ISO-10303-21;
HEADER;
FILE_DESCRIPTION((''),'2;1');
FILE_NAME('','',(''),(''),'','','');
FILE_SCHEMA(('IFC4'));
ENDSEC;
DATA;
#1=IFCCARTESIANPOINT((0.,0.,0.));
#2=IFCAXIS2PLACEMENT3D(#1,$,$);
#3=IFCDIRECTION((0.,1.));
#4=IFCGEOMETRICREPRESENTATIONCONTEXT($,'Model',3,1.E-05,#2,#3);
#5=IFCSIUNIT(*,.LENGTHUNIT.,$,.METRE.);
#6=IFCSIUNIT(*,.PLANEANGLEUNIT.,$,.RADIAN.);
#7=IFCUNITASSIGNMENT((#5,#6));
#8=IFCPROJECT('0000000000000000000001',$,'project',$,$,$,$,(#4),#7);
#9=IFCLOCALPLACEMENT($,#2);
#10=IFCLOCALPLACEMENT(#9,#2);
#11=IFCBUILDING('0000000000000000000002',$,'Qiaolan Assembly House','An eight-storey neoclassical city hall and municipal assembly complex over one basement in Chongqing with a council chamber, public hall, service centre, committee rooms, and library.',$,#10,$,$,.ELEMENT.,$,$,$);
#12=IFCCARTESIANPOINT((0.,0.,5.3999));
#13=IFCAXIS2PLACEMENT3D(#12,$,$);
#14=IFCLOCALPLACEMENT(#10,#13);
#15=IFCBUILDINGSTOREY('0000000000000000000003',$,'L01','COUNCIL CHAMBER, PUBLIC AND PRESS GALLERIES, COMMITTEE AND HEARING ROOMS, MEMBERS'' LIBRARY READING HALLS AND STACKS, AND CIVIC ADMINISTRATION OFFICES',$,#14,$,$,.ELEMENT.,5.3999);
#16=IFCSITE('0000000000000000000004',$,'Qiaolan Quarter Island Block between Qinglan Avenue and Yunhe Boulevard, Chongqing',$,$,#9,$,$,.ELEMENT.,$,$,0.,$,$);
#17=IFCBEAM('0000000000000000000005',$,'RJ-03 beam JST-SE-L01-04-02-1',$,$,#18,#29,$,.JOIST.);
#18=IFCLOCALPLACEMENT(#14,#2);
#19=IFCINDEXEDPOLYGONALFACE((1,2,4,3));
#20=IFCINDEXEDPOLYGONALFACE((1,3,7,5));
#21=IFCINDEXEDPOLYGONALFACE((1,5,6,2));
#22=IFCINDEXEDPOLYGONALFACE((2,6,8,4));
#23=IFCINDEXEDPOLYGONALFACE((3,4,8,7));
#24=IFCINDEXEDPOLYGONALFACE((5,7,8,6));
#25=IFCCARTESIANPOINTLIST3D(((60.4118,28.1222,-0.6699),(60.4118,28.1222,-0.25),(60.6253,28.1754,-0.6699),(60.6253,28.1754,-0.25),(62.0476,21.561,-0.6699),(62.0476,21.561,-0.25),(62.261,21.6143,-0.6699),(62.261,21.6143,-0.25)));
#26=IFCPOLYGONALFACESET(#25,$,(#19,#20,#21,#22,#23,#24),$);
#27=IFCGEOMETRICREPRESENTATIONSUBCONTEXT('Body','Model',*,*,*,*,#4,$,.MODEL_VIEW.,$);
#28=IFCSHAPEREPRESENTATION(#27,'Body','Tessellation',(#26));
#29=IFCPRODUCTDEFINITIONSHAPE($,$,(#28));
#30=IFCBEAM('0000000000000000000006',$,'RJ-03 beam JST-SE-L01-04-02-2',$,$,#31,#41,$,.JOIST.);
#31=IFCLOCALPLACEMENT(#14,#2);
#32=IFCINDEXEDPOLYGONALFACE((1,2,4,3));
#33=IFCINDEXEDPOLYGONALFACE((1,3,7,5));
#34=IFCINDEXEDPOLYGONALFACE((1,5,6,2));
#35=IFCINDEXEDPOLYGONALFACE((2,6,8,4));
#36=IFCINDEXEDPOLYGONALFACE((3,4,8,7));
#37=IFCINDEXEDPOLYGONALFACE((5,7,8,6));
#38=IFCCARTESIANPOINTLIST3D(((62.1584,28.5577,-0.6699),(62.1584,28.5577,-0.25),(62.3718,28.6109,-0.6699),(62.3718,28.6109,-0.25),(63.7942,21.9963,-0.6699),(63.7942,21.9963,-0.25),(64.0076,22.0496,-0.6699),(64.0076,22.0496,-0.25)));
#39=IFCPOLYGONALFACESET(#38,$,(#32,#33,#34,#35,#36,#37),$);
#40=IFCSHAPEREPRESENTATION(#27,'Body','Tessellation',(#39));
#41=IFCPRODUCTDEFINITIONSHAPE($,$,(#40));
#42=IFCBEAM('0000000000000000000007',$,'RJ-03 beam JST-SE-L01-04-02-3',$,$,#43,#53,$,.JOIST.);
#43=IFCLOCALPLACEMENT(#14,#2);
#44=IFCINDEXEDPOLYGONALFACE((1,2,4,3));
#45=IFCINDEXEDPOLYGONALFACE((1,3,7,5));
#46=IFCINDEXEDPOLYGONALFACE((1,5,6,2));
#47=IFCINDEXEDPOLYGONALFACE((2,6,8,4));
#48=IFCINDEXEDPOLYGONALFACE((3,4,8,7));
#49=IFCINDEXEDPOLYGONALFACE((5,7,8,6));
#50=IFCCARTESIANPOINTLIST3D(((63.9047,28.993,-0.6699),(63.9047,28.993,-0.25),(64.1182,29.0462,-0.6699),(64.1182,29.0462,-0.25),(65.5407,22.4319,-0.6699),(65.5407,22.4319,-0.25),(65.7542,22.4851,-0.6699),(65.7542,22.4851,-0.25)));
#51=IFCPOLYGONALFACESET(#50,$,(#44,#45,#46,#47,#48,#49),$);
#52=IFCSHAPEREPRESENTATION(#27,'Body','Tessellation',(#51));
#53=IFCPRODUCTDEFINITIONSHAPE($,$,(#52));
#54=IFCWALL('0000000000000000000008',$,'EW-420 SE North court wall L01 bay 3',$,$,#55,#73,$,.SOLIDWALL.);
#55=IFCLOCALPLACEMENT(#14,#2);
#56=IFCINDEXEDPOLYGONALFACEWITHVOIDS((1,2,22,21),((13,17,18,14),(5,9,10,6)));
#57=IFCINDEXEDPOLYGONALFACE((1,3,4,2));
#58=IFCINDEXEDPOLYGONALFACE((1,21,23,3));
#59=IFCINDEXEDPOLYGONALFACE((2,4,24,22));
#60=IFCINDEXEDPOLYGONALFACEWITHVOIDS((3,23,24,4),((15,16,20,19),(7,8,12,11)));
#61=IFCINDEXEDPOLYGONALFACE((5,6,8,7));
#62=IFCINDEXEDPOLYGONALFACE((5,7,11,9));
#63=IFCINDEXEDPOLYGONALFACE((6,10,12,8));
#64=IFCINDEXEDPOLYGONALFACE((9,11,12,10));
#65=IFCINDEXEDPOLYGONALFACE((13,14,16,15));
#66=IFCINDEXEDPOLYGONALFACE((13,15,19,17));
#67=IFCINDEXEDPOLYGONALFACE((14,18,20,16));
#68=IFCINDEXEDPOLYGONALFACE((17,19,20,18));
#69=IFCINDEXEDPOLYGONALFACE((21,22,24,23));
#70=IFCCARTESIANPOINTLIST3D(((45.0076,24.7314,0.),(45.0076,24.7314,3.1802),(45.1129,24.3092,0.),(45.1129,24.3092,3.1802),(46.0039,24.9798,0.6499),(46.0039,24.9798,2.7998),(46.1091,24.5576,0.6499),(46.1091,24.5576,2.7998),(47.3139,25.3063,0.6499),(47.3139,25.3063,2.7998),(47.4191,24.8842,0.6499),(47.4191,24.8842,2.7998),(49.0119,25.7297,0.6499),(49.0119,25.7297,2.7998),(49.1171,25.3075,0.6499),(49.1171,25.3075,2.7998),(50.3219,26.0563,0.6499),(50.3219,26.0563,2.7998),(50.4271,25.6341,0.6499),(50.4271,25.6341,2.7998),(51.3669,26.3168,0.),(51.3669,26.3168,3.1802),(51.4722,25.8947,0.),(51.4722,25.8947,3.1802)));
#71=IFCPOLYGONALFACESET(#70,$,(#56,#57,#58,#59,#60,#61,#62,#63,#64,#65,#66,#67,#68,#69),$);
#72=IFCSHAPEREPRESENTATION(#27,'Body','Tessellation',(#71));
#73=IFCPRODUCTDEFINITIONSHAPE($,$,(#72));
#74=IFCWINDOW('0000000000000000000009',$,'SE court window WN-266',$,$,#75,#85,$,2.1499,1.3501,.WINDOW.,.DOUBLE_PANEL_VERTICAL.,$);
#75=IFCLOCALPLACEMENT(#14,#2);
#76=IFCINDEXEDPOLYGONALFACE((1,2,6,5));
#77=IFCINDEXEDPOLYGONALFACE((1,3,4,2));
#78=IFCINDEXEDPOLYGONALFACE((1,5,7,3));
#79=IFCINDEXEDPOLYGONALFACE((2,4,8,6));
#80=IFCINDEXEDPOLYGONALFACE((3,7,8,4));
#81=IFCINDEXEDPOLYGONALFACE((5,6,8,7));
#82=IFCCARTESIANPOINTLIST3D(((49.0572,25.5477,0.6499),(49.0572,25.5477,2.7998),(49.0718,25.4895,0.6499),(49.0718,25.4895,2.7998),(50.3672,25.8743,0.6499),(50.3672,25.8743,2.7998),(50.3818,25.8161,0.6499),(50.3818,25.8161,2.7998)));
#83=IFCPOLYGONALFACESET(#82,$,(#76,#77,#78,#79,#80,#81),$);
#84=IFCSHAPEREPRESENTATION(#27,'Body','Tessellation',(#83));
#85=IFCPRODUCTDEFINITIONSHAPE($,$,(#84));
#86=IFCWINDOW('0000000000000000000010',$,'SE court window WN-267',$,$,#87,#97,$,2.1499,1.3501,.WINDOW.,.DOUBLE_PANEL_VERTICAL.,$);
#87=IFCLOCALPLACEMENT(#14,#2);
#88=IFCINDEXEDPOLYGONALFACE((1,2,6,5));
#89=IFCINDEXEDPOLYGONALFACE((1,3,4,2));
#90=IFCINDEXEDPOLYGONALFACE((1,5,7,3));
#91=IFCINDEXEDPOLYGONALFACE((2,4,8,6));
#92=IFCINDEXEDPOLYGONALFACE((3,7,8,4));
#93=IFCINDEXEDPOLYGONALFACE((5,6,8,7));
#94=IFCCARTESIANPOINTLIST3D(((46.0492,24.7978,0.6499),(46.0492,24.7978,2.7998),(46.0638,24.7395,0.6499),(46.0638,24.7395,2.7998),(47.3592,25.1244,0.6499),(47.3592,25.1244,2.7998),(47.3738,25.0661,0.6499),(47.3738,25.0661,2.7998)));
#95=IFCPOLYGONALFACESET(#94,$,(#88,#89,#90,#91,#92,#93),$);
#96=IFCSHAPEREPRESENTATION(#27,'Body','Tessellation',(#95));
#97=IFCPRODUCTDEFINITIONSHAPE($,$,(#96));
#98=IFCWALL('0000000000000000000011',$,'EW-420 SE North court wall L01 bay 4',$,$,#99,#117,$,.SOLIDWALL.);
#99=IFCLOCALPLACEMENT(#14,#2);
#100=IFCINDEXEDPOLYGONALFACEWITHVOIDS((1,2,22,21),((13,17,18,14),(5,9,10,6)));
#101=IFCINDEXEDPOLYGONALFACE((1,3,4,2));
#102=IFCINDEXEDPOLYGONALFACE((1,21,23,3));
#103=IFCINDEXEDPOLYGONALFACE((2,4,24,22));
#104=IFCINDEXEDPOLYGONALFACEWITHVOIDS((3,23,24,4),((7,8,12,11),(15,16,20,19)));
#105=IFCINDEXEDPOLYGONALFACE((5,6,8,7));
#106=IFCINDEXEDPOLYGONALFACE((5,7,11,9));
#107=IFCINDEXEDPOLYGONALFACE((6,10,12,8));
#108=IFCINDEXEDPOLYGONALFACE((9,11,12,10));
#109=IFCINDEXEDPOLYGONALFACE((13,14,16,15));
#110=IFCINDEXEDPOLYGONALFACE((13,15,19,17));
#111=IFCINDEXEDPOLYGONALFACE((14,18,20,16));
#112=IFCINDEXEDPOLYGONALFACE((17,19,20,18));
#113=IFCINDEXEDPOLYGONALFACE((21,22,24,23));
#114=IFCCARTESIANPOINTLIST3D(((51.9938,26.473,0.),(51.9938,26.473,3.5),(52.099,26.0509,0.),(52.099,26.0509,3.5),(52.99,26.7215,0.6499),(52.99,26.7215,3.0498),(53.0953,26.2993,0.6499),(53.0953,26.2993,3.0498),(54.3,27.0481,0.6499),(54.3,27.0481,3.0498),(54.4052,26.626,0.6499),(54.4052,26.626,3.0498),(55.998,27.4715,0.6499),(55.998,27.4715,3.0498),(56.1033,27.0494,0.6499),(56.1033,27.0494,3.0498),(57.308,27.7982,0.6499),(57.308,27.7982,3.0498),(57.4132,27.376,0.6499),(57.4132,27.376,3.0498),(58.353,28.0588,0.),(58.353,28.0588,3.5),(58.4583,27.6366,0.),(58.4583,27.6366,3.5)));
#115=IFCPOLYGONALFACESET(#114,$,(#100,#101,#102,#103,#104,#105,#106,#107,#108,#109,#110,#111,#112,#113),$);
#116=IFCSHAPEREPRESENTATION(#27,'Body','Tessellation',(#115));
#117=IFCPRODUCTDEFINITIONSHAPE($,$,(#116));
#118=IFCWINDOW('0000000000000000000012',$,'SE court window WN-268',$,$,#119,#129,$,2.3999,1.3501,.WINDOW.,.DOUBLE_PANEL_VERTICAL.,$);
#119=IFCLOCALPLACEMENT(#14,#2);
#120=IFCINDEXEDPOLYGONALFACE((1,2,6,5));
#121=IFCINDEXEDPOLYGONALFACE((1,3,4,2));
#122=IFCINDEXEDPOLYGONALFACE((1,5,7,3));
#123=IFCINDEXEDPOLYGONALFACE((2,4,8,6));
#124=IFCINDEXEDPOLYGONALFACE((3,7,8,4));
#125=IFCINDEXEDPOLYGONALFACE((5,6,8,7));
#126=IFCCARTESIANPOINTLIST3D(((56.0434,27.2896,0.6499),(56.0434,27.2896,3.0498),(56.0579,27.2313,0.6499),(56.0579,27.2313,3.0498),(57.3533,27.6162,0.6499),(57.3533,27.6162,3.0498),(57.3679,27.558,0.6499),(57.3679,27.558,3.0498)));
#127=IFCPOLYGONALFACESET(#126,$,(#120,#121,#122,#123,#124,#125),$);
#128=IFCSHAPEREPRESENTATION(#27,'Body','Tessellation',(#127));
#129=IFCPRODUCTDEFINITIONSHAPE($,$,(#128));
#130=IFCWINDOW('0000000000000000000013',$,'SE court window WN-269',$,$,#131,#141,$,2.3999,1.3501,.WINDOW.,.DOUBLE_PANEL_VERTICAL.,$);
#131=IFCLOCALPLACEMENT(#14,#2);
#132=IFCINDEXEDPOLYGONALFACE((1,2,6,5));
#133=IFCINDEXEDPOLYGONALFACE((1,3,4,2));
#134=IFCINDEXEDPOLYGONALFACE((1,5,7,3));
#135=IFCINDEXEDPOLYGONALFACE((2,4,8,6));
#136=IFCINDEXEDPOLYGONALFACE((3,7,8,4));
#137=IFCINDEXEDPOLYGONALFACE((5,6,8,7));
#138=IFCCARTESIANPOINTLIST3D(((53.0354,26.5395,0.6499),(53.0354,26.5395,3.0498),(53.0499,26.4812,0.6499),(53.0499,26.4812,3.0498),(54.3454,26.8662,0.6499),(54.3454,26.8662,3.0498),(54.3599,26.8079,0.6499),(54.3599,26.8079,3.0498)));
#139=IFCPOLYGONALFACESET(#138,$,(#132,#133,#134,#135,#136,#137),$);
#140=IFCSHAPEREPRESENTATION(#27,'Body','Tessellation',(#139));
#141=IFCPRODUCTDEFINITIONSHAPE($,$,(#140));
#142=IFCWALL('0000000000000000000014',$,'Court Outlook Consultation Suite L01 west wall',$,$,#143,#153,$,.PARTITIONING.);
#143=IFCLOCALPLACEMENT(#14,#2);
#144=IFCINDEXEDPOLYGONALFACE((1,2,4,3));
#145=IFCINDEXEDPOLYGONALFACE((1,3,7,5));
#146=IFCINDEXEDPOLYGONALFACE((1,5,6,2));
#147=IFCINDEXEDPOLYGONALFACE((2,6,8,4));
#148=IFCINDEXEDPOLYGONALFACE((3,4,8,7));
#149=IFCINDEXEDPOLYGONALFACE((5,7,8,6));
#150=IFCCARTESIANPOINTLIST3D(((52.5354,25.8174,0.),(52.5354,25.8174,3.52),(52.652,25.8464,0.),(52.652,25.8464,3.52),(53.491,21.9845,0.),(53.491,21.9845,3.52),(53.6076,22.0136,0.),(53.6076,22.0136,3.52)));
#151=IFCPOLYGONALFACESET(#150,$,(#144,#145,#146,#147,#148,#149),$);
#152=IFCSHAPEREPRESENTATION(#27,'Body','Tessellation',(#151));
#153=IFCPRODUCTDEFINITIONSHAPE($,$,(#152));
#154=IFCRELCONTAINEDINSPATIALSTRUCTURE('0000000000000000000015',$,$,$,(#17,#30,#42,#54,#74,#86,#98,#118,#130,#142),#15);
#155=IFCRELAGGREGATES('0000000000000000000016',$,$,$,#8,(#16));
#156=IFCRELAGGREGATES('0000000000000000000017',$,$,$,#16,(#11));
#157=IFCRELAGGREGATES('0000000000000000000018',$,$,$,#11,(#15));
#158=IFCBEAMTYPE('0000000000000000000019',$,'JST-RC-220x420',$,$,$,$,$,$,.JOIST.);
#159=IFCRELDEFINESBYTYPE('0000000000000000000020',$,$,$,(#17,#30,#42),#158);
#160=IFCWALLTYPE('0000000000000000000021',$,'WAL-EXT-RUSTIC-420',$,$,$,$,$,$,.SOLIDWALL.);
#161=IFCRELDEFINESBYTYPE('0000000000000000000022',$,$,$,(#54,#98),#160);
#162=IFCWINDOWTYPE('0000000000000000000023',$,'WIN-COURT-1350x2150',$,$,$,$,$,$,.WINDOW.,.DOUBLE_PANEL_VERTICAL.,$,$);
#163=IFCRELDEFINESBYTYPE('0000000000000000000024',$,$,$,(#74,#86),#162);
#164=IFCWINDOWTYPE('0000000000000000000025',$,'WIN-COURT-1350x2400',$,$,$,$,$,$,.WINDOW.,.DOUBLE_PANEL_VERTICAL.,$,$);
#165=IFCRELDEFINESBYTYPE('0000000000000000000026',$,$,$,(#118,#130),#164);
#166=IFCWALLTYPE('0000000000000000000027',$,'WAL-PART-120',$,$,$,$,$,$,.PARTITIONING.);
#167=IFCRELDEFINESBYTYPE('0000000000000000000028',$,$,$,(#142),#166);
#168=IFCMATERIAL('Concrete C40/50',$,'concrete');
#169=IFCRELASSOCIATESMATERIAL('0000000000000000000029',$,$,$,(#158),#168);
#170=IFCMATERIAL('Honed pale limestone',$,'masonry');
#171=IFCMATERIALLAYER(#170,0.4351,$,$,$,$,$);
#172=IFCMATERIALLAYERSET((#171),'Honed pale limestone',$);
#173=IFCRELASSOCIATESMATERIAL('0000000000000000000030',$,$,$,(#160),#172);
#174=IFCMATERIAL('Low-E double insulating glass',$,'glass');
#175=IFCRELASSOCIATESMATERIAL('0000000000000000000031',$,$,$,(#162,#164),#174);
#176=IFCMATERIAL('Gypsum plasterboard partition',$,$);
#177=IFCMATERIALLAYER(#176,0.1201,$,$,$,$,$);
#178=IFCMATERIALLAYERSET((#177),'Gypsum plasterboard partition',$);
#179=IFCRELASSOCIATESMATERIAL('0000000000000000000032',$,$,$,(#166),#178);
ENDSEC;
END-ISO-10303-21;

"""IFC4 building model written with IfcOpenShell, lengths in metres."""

from ifc_helpers import new_model, si_unit, direction, frame, frame_2d, origin, origin_2d, place, context, subcontext, project, spatial, rectangle, extrude, material, layer, layer_set, material_profile, profile_set, type_object, element, fill, save


model = new_model("IFC4")

# Units and contexts
model_context = context("Model", 3, precision=1e-05, world=origin(), true_north=direction((0.0, 1.0)))
body_context = subcontext(model_context, "Body", "Model", "MODEL_VIEW")
ifc_project = project(units=[si_unit("LENGTHUNIT", "METRE"), si_unit("PLANEANGLEUNIT", "RADIAN")], contexts=[model_context])

# Site, building, storey
site_placement = place(None, origin())
site = spatial("IfcSite", under=ifc_project, at=site_placement, Name="Qiaolan Quarter Island Block between Qinglan Avenue and Yunhe Boulevard, Chongqing", CompositionType="ELEMENT", RefElevation=0.0)
building_placement = place(site_placement, origin())
building = spatial("IfcBuilding", under=site, at=building_placement, Name="Qiaolan Assembly House", Description="An eight-storey neoclassical city hall and municipal assembly complex over one basement in Chongqing with a council chamber, public hall, service centre, committee rooms, and library.", CompositionType="ELEMENT")
storey_placement = place(building_placement, frame((0.0, 0.0, 5.3999)))
storey = spatial("IfcBuildingStorey", under=building, at=storey_placement, Name="L01", Description="COUNCIL CHAMBER, PUBLIC AND PRESS GALLERIES, COMMITTEE AND HEARING ROOMS, MEMBERS' LIBRARY READING HALLS AND STACKS, AND CIVIC ADMINISTRATION OFFICES", CompositionType="ELEMENT", Elevation=5.3999)

# Beams
ifc_material_1 = material(Name="Concrete C40/50", Category="concrete")
ifc_material_profile_1 = material_profile(ifc_material_1, rectangle(XDim=0.22, YDim=0.4199, at=origin_2d()), Name="RCB 220x420")
ifc_profile_set_1 = profile_set([ifc_material_profile_1], Name="Concrete C40/50")
beam_type_1 = type_object("IfcBeamType", Name="JST-RC-220x420", PredefinedType="JOIST", material=ifc_profile_set_1)
beam_1_placement = place(storey_placement, frame((62.1543, 21.5876, -0.46), z_axis=(-0.241907, 0.970299, 0.0), x_axis=(-0.970299, -0.241907, 0.0)))
element("IfcBeam", 1, at=beam_1_placement, inside=storey, type_object=beam_type_1, Name="RJ-03 beam JST-SE-L01-04-02-1", PredefinedType="JOIST", context=body_context, shape_type="SweptSolid", body=[
    extrude(rectangle(XDim=0.22, YDim=0.4199, at=origin_2d()), origin(), (0.0, 0.0, 1.0), 6.762),
])
beam_2_placement = place(storey_placement, frame((63.9009, 22.0229, -0.46), z_axis=(-0.241898, 0.970302, 0.0), x_axis=(-0.970302, -0.241898, 0.0)))
element("IfcBeam", 2, at=beam_2_placement, inside=storey, type_object=beam_type_1, Name="RJ-03 beam JST-SE-L01-04-02-2", PredefinedType="JOIST", context=body_context, shape_type="SweptSolid", body=[
    extrude(rectangle(XDim=0.22, YDim=0.4199, at=origin_2d()), origin(), (0.0, 0.0, 1.0), 6.7622),
])
beam_3_placement = place(storey_placement, frame((65.6475, 22.4585, -0.46), z_axis=(-0.241941, 0.970291, 0.0), x_axis=(-0.970291, -0.241941, 0.0)))
element("IfcBeam", 3, at=beam_3_placement, inside=storey, type_object=beam_type_1, Name="RJ-03 beam JST-SE-L01-04-02-3", PredefinedType="JOIST", context=body_context, shape_type="SweptSolid", body=[
    extrude(rectangle(XDim=0.22, YDim=0.4199, at=origin_2d()), origin(), (0.0, 0.0, 1.0), 6.762),
])

# Walls, openings, windows
ifc_material_2 = material(Name="Honed pale limestone", Category="masonry")
ifc_layer_1 = layer(ifc_material_2, 0.4351)
ifc_layer_set_1 = layer_set([ifc_layer_1], Name="Honed pale limestone")
wall_type_1 = type_object("IfcWallType", Name="WAL-EXT-RUSTIC-420", PredefinedType="SOLIDWALL", material=ifc_layer_set_1)
wall_1_placement = place(storey_placement, frame((51.4194, 26.1057, 0.0), z_axis=(0.0, 0.0, 1.0), x_axis=(-0.9703, -0.241905, 0.0)))
wall_1 = element("IfcWall", 4, at=wall_1_placement, inside=storey, type_object=wall_type_1, Name="EW-420 SE North court wall L01 bay 3", PredefinedType="SOLIDWALL", context=body_context, shape_type="SweptSolid", body=[
    extrude(rectangle(XDim=6.554, YDim=0.4351, at=frame_2d((3.2769, 0.0))), origin(), (0.0, 0.0, 1.0), 3.1802),
])
opening_1_placement = place(wall_1_placement, frame((1.0769, 0.0, 0.6499)))
opening_1 = element("IfcOpeningElement", 5, at=opening_1_placement, cuts=wall_1, PredefinedType="OPENING", context=body_context, shape_type="SweptSolid", body=[
    extrude(rectangle(XDim=1.3501, YDim=2.1499, at=frame_2d((0.675, 1.075))), frame((0.0, 0.2275, 0.0), z_axis=(0.0, -1.0, 0.0), x_axis=(1.0, 0.0, 0.0)), (0.0, 0.0, 1.0), 0.4551),
])
opening_2_placement = place(wall_1_placement, frame((4.177, 0.0, 0.6499)))
opening_2 = element("IfcOpeningElement", 6, at=opening_2_placement, cuts=wall_1, PredefinedType="OPENING", context=body_context, shape_type="SweptSolid", body=[
    extrude(rectangle(XDim=1.3501, YDim=2.1499, at=frame_2d((0.675, 1.075))), frame((0.0, 0.2275, 0.0), z_axis=(0.0, -1.0, 0.0), x_axis=(1.0, 0.0, 0.0)), (0.0, 0.0, 1.0), 0.4551),
])
ifc_material_3 = material(Name="Low-E double insulating glass", Category="glass")
window_type_1 = type_object("IfcWindowType", Name="WIN-COURT-1350x2150", PartitioningType="DOUBLE_PANEL_VERTICAL", PredefinedType="WINDOW", material=ifc_material_3)
window_1_placement = place(opening_1_placement, origin())
window_1 = element("IfcWindow", 7, at=window_1_placement, inside=storey, type_object=window_type_1, Name="SE court window WN-266", OverallHeight=2.1499, OverallWidth=1.3501, PartitioningType="DOUBLE_PANEL_VERTICAL", PredefinedType="WINDOW", context=body_context, shape_type="SweptSolid", body=[
    extrude(rectangle(XDim=1.3501, YDim=2.1499, at=frame_2d((0.675, 1.075))), frame((0.0, 0.03, 0.0), z_axis=(0.0, -1.0, 0.0), x_axis=(1.0, 0.0, 0.0)), (0.0, 0.0, 1.0), 0.0601),
])
fill(opening_1, window_1)
window_2_placement = place(opening_2_placement, origin())
window_2 = element("IfcWindow", 8, at=window_2_placement, inside=storey, type_object=window_type_1, Name="SE court window WN-267", OverallHeight=2.1499, OverallWidth=1.3501, PartitioningType="DOUBLE_PANEL_VERTICAL", PredefinedType="WINDOW", context=body_context, shape_type="SweptSolid", body=[
    extrude(rectangle(XDim=1.3501, YDim=2.1499, at=frame_2d((0.675, 1.075))), frame((0.0, 0.03, 0.0), z_axis=(0.0, -1.0, 0.0), x_axis=(1.0, 0.0, 0.0)), (0.0, 0.0, 1.0), 0.0601),
])
fill(opening_2, window_2)
wall_2_placement = place(storey_placement, frame((58.4055, 27.8477, 0.0), z_axis=(0.0, 0.0, 1.0), x_axis=(-0.970289, -0.241948, 0.0)))
wall_2 = element("IfcWall", 9, at=wall_2_placement, inside=storey, type_object=wall_type_1, Name="EW-420 SE North court wall L01 bay 4", PredefinedType="SOLIDWALL", context=body_context, shape_type="SweptSolid", body=[
    extrude(rectangle(XDim=6.554, YDim=0.4351, at=frame_2d((3.2769, 0.0))), origin(), (0.0, 0.0, 1.0), 3.5),
])
opening_3_placement = place(wall_2_placement, frame((1.0769, 0.0, 0.6499)))
opening_3 = element("IfcOpeningElement", 10, at=opening_3_placement, cuts=wall_2, PredefinedType="OPENING", context=body_context, shape_type="SweptSolid", body=[
    extrude(rectangle(XDim=1.3501, YDim=2.3999, at=frame_2d((0.675, 1.2))), frame((0.0, 0.2275, 0.0), z_axis=(0.0, -1.0, 0.0), x_axis=(1.0, 0.0, 0.0)), (0.0, 0.0, 1.0), 0.4551),
])
opening_4_placement = place(wall_2_placement, frame((4.177, 0.0, 0.6499)))
opening_4 = element("IfcOpeningElement", 11, at=opening_4_placement, cuts=wall_2, PredefinedType="OPENING", context=body_context, shape_type="SweptSolid", body=[
    extrude(rectangle(XDim=1.3501, YDim=2.3999, at=frame_2d((0.675, 1.2))), frame((0.0, 0.2275, 0.0), z_axis=(0.0, -1.0, 0.0), x_axis=(1.0, 0.0, 0.0)), (0.0, 0.0, 1.0), 0.4551),
])
window_type_2 = type_object("IfcWindowType", Name="WIN-COURT-1350x2400", PartitioningType="DOUBLE_PANEL_VERTICAL", PredefinedType="WINDOW", material=ifc_material_3)
window_3_placement = place(opening_3_placement, origin())
window_3 = element("IfcWindow", 12, at=window_3_placement, inside=storey, type_object=window_type_2, Name="SE court window WN-268", OverallHeight=2.3999, OverallWidth=1.3501, PartitioningType="DOUBLE_PANEL_VERTICAL", PredefinedType="WINDOW", context=body_context, shape_type="SweptSolid", body=[
    extrude(rectangle(XDim=1.3501, YDim=2.3999, at=frame_2d((0.675, 1.2))), frame((0.0, 0.03, 0.0), z_axis=(0.0, -1.0, 0.0), x_axis=(1.0, 0.0, 0.0)), (0.0, 0.0, 1.0), 0.0601),
])
fill(opening_3, window_3)
window_4_placement = place(opening_4_placement, origin())
window_4 = element("IfcWindow", 13, at=window_4_placement, inside=storey, type_object=window_type_2, Name="SE court window WN-269", OverallHeight=2.3999, OverallWidth=1.3501, PartitioningType="DOUBLE_PANEL_VERTICAL", PredefinedType="WINDOW", context=body_context, shape_type="SweptSolid", body=[
    extrude(rectangle(XDim=1.3501, YDim=2.3999, at=frame_2d((0.675, 1.2))), frame((0.0, 0.03, 0.0), z_axis=(0.0, -1.0, 0.0), x_axis=(1.0, 0.0, 0.0)), (0.0, 0.0, 1.0), 0.0601),
])
fill(opening_4, window_4)

# Wall
ifc_material_4 = material(Name="Gypsum plasterboard partition")
ifc_layer_2 = layer(ifc_material_4, 0.1201)
ifc_layer_set_2 = layer_set([ifc_layer_2], Name="Gypsum plasterboard partition")
wall_type_2 = type_object("IfcWallType", Name="WAL-PART-120", PredefinedType="PARTITIONING", material=ifc_layer_set_2)
wall_3_placement = place(storey_placement, frame((53.5493, 21.999, 0.0), z_axis=(0.0, 0.0, 1.0), x_axis=(-0.24191, 0.970299, 0.0)))
element("IfcWall", 14, at=wall_3_placement, inside=storey, type_object=wall_type_2, Name="Court Outlook Consultation Suite L01 west wall", PredefinedType="PARTITIONING", context=body_context, shape_type="SweptSolid", body=[
    extrude(rectangle(XDim=3.9502, YDim=0.1201, at=frame_2d((1.9751, 0.0))), origin(), (0.0, 0.0, 1.0), 3.52),
])

save(model, "model.ifc")
